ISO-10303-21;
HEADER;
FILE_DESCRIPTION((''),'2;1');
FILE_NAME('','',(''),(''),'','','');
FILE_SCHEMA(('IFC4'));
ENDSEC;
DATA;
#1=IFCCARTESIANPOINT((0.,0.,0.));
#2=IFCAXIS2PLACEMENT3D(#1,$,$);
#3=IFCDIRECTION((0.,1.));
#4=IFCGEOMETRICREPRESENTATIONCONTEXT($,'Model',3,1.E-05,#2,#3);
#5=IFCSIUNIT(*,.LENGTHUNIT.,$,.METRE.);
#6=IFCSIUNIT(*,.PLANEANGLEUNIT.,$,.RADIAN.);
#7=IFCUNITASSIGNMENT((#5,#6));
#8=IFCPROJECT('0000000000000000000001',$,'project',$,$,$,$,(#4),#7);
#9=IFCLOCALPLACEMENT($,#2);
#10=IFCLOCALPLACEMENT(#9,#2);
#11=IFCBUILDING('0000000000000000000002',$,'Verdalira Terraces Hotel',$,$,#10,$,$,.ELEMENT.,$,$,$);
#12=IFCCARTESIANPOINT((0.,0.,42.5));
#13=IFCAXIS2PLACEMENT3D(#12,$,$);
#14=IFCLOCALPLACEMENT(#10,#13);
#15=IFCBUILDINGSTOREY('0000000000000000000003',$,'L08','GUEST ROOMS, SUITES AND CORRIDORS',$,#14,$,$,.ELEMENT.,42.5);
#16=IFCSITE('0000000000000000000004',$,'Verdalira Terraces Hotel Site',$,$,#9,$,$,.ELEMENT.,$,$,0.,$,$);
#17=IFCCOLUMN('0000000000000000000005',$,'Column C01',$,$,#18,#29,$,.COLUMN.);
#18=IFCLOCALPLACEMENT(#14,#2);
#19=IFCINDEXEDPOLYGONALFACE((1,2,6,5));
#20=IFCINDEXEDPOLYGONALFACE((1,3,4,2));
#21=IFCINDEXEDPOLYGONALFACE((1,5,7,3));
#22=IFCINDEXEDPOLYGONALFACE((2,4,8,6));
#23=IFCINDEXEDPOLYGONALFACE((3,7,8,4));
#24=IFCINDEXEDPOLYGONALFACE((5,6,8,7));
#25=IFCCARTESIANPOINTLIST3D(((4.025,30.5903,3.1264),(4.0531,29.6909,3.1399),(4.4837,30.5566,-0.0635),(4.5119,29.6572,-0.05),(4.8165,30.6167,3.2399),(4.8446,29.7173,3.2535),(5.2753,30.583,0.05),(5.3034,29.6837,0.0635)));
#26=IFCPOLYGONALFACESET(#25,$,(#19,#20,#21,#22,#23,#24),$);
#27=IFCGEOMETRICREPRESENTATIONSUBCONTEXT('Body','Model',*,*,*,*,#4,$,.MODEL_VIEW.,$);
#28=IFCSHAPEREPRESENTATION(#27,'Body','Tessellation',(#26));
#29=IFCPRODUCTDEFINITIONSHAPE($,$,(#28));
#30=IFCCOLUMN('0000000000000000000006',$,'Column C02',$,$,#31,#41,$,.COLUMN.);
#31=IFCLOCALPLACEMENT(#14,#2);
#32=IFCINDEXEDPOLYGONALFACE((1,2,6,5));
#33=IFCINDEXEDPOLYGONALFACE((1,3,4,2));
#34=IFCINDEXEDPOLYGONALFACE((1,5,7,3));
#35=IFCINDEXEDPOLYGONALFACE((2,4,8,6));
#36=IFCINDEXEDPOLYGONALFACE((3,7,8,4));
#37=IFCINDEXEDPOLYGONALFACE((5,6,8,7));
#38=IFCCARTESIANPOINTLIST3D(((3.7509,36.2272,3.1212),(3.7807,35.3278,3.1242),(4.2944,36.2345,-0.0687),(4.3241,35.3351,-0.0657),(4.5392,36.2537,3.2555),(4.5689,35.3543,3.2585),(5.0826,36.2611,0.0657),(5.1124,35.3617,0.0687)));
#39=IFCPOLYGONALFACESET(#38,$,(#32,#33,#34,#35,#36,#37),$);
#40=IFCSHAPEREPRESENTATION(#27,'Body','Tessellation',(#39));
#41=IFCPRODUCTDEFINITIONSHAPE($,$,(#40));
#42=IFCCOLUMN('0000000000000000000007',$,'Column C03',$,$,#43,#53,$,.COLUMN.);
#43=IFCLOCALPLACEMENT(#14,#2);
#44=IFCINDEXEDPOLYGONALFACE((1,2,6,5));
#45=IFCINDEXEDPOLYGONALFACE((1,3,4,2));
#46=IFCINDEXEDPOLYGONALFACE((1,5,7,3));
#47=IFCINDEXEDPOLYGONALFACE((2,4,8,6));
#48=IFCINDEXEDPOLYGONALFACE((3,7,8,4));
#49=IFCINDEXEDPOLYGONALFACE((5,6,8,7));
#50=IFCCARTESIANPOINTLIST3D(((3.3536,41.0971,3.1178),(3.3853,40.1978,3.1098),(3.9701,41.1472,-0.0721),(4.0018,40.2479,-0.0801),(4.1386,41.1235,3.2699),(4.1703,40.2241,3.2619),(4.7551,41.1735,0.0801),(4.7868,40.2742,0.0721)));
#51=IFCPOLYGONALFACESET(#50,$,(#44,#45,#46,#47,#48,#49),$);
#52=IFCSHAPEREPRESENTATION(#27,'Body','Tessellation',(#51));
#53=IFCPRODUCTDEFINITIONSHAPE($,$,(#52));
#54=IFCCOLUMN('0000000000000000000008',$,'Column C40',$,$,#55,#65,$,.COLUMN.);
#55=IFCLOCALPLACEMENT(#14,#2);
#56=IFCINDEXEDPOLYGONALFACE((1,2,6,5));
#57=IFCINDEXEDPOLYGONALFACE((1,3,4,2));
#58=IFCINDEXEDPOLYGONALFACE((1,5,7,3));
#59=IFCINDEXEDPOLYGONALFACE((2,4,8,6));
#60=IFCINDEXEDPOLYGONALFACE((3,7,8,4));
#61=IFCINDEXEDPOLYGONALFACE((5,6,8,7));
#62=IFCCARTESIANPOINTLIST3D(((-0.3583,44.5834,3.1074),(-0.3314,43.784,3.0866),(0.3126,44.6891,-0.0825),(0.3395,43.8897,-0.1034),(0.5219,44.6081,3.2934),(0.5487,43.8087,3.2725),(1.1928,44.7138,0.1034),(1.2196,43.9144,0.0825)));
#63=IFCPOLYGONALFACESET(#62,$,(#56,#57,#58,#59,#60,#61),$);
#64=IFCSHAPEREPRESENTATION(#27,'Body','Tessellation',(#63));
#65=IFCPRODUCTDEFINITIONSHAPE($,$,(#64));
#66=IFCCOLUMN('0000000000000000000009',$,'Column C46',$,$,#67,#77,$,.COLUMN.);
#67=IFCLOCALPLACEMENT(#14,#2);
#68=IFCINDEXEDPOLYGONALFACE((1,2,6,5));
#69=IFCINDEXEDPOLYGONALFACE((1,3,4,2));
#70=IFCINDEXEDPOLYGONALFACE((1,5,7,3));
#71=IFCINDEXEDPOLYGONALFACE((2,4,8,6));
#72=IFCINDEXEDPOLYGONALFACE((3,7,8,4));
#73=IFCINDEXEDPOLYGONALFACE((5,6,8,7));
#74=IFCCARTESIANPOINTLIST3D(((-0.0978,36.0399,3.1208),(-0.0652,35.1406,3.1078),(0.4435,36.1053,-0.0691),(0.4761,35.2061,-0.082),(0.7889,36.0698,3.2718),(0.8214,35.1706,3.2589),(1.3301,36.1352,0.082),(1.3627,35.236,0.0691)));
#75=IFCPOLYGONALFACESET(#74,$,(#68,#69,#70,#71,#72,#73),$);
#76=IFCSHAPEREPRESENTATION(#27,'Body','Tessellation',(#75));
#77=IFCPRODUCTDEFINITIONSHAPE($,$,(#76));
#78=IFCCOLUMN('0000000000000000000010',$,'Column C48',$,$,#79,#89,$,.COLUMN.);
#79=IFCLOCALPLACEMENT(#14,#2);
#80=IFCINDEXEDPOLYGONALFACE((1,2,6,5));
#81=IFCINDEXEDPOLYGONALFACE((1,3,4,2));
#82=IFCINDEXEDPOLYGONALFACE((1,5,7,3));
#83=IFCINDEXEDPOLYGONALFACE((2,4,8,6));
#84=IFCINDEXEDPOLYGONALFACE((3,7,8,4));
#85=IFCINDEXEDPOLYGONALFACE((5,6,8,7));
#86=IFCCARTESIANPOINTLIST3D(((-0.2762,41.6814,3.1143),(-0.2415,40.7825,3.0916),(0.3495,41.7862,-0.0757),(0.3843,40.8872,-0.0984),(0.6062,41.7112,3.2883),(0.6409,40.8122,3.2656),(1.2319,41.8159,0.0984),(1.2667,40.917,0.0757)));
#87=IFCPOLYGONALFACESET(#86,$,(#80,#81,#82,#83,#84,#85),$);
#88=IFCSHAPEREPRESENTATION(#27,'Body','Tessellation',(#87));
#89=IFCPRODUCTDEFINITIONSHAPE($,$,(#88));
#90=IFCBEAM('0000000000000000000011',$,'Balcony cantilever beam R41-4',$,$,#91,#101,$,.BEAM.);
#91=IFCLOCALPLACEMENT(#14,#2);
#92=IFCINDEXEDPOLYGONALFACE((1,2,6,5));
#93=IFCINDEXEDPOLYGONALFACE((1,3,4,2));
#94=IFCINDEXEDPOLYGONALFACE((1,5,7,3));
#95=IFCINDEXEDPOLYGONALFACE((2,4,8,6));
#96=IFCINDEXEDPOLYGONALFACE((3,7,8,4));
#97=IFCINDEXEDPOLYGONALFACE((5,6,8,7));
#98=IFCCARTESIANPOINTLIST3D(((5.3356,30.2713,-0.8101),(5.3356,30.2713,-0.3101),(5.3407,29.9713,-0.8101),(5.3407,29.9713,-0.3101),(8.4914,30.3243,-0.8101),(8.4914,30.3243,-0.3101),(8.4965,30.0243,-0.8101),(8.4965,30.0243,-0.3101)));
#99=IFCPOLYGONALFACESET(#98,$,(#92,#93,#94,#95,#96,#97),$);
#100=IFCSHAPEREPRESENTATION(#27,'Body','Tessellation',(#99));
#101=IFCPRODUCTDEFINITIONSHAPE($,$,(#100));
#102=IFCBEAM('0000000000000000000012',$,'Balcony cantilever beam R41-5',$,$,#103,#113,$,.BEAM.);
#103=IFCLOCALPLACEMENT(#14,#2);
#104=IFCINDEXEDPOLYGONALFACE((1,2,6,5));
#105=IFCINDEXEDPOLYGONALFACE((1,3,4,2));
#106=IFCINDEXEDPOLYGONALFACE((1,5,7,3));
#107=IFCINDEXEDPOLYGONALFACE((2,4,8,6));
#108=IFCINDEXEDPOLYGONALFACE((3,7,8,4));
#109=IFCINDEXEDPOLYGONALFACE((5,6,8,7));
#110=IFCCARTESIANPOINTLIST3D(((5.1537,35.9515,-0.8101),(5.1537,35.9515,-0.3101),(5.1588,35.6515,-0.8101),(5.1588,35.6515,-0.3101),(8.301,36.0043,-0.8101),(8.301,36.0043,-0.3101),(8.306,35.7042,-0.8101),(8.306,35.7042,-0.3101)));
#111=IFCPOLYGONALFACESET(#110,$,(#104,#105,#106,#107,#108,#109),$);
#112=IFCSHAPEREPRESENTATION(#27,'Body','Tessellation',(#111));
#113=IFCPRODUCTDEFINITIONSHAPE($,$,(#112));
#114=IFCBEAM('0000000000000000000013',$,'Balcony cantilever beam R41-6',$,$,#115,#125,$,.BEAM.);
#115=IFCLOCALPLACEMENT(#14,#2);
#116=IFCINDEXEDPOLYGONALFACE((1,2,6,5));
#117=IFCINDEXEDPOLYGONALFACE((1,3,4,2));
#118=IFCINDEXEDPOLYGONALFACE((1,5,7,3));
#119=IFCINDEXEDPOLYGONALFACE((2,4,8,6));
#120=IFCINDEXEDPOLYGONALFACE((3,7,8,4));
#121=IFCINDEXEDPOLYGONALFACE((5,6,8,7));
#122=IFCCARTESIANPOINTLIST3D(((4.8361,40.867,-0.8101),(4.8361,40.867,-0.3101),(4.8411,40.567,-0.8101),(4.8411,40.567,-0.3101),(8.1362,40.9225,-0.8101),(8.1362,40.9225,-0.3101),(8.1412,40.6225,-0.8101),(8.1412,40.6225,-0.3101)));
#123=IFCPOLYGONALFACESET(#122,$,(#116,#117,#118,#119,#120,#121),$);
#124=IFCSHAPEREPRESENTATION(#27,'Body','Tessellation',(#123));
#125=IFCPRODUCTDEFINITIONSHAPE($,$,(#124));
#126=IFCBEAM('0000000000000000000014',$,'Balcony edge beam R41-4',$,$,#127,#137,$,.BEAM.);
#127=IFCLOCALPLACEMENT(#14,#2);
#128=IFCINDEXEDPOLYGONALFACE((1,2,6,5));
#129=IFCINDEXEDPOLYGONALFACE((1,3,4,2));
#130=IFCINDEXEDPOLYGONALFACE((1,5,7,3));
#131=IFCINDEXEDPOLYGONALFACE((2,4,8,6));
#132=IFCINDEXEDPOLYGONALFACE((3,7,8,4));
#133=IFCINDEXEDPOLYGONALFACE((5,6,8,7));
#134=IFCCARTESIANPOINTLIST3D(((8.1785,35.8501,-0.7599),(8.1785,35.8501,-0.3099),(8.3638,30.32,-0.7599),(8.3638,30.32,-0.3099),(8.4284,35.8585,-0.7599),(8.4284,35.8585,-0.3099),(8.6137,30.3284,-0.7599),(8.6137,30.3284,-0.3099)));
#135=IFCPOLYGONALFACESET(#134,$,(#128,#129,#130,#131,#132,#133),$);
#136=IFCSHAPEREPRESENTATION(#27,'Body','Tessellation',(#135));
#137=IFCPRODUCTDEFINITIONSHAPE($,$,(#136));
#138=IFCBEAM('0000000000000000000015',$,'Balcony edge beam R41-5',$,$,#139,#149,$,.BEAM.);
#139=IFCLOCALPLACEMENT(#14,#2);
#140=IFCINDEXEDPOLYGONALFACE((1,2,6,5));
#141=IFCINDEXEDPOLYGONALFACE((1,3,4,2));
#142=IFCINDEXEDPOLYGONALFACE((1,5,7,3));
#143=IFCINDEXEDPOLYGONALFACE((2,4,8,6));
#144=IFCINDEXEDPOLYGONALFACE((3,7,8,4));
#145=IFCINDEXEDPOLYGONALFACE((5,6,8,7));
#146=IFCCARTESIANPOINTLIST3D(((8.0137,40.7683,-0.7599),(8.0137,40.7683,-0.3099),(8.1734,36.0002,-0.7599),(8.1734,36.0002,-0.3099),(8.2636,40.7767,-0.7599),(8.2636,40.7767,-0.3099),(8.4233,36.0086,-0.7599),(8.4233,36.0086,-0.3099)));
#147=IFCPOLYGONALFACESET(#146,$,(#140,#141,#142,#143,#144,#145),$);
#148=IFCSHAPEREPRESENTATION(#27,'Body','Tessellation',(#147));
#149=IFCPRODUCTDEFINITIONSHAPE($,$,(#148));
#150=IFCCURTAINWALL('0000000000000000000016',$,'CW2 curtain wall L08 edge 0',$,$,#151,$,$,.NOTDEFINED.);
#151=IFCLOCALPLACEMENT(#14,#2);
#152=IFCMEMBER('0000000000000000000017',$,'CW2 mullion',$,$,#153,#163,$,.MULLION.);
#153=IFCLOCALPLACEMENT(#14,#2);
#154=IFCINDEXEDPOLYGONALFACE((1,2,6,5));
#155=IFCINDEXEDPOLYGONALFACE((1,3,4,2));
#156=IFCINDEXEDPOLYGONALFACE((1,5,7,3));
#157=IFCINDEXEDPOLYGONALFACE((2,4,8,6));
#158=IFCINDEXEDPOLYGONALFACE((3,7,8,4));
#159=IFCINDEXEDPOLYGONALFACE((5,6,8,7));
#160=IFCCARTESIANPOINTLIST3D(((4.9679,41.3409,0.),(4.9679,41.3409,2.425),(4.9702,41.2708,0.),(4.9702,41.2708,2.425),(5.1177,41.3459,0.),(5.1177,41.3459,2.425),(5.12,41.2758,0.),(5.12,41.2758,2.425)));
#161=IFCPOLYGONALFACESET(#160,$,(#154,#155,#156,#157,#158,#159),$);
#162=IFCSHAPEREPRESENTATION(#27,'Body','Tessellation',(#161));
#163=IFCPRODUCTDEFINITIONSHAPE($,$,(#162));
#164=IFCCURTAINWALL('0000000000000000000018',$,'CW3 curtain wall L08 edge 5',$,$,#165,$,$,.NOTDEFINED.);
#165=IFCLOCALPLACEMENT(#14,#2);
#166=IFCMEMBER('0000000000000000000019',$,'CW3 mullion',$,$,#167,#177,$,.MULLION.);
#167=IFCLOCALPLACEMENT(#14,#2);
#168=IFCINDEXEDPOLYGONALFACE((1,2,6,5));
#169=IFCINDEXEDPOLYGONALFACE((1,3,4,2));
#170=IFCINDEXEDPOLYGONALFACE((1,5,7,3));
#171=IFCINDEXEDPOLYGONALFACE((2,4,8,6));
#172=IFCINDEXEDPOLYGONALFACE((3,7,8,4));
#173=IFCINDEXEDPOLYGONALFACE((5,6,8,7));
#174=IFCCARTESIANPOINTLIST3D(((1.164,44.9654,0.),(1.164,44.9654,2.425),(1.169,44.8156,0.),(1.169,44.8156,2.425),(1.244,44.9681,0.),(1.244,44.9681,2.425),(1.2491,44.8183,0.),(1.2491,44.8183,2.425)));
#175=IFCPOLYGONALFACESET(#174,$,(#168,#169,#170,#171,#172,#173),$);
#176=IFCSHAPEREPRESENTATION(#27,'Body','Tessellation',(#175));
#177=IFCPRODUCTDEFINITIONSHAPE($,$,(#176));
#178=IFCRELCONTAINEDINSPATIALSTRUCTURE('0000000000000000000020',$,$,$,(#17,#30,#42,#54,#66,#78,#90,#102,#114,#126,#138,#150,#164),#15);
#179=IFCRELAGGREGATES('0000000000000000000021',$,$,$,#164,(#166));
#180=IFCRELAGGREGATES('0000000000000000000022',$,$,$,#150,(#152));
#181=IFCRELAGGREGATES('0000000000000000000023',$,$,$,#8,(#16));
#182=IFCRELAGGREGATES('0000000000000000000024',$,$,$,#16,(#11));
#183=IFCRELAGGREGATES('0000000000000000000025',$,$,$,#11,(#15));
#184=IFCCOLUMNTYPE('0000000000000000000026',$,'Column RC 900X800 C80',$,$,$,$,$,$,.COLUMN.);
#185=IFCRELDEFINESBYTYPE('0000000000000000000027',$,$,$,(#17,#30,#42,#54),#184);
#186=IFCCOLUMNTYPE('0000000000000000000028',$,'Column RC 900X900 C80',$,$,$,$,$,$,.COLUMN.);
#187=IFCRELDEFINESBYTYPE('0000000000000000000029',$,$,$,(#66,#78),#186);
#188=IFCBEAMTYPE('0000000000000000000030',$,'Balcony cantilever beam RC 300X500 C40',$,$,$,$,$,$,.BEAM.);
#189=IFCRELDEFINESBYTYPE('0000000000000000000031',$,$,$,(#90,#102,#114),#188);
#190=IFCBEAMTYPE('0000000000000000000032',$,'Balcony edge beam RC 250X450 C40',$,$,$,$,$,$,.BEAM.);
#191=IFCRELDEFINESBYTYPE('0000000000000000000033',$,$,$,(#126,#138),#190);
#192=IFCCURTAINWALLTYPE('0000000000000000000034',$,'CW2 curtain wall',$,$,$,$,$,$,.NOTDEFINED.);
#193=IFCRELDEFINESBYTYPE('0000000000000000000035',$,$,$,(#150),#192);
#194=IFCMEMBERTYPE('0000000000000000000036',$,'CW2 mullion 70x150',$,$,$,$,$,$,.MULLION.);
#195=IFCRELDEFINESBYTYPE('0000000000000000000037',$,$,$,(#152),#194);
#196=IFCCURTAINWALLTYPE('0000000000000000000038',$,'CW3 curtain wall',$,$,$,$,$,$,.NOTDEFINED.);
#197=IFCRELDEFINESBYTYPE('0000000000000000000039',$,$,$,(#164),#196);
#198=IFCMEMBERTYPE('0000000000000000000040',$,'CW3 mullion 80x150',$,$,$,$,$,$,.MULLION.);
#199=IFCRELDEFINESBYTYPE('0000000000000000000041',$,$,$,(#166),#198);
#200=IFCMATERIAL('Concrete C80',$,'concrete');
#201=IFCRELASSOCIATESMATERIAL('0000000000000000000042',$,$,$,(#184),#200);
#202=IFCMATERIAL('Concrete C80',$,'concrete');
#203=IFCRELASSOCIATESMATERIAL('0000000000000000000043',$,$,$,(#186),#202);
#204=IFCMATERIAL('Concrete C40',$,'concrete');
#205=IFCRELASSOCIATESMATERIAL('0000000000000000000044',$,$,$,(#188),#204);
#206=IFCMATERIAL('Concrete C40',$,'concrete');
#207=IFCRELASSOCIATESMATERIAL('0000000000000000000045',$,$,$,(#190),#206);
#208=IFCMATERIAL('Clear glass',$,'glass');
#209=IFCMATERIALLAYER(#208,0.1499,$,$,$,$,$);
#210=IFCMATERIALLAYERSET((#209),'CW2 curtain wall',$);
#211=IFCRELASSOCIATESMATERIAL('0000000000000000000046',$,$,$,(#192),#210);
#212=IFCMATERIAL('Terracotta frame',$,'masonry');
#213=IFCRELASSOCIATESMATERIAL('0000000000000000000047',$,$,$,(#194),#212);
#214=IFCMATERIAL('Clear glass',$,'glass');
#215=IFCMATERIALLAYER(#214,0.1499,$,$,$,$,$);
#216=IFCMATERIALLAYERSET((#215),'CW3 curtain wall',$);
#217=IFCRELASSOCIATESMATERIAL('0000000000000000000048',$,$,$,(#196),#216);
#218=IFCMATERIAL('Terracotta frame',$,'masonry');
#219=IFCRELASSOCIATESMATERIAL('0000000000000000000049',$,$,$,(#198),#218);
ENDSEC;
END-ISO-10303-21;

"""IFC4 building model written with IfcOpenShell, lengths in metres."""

from ifc_helpers import new_model, si_unit, direction, frame, origin, origin_2d, place, context, subcontext, project, spatial, rectangle, extrude, material, layer, layer_set, material_profile, profile_set, type_object, element, aggregate, save


model = new_model("IFC4")

# Units and contexts
model_context = context("Model", 3, precision=1e-05, world=origin(), true_north=direction((0.0, 1.0)))
body_context = subcontext(model_context, "Body", "Model", "MODEL_VIEW")
ifc_project = project(units=[si_unit("LENGTHUNIT", "METRE"), si_unit("PLANEANGLEUNIT", "RADIAN")], contexts=[model_context])

# Site, building, storey
site_placement = place(None, origin())
site = spatial("IfcSite", under=ifc_project, at=site_placement, Name="Verdalira Terraces Hotel Site", CompositionType="ELEMENT", RefElevation=0.0)
building_placement = place(site_placement, origin())
building = spatial("IfcBuilding", under=site, at=building_placement, Name="Verdalira Terraces Hotel", CompositionType="ELEMENT")
storey_placement = place(building_placement, frame((0.0, 0.0, 42.5)))
storey = spatial("IfcBuildingStorey", under=building, at=storey_placement, Name="L08", Description="GUEST ROOMS, SUITES AND CORRIDORS", CompositionType="ELEMENT", Elevation=42.5)

# Columns
ifc_material_1 = material(Name="Concrete C80", Category="concrete")
ifc_material_profile_1 = material_profile(ifc_material_1, rectangle(XDim=0.8999, YDim=0.8, at=origin_2d()), Name="RC 900X800")
ifc_profile_set_1 = profile_set([ifc_material_profile_1], Name="Concrete C80")
column_type_1 = type_object("IfcColumnType", Name="Column RC 900X800 C80", PredefinedType="COLUMN", material=ifc_profile_set_1)
column_1_placement = place(storey_placement, frame((4.8936, 30.1201, 0.0), z_axis=(-0.142336, 0.010454, 0.989763), x_axis=(-0.031227, 0.999399, -0.015046)))
element("IfcColumn", 1, at=column_1_placement, inside=storey, type_object=column_type_1, Name="Column C01", PredefinedType="COLUMN", context=body_context, shape_type="SweptSolid", body=[
    extrude(rectangle(XDim=0.8999, YDim=0.8, at=origin_2d()), origin(), (0.0, 0.0, 1.0), 3.2229),
])
column_2_placement = place(storey_placement, frame((4.7034, 35.7981, 0.0), z_axis=(-0.167946, -0.002263, 0.985794), x_axis=(-0.033091, 0.999447, -0.003343)))
element("IfcColumn", 2, at=column_2_placement, inside=storey, type_object=column_type_1, Name="Column C02", PredefinedType="COLUMN", context=body_context, shape_type="SweptSolid", body=[
    extrude(rectangle(XDim=0.8999, YDim=0.8, at=origin_2d()), origin(), (0.0, 0.0, 1.0), 3.2358),
])
column_3_placement = place(storey_placement, frame((4.3784, 40.7107, 0.0), z_axis=(-0.189717, -0.015403, 0.981718), x_axis=(-0.035211, 0.99934, 0.008875)))
element("IfcColumn", 3, at=column_3_placement, inside=storey, type_object=column_type_1, Name="Column C03", PredefinedType="COLUMN", context=body_context, shape_type="SweptSolid", body=[
    extrude(rectangle(XDim=0.8999, YDim=0.8, at=origin_2d()), origin(), (0.0, 0.0, 1.0), 3.2493),
])
column_4_placement = place(storey_placement, frame((0.7661, 44.3018, 0.0), z_axis=(-0.205706, -0.032413, 0.978077), x_axis=(-0.978039, -0.027452, -0.206608)))
element("IfcColumn", 4, at=column_4_placement, inside=storey, type_object=column_type_1, Name="Column C40", PredefinedType="COLUMN", context=body_context, shape_type="SweptSolid", body=[
    extrude(rectangle(XDim=0.8999, YDim=0.8, at=origin_2d()), origin(), (0.0, 0.0, 1.0), 3.2615),
])
ifc_material_2 = material(Name="Concrete C80", Category="concrete")
ifc_material_profile_2 = material_profile(ifc_material_2, rectangle(XDim=0.8999, YDim=0.8999, at=origin_2d()), Name="RC 900X900")
ifc_profile_set_2 = profile_set([ifc_material_profile_2], Name="Concrete C80")
column_type_2 = type_object("IfcColumnType", Name="Column RC 900X900 C80", PredefinedType="COLUMN", material=ifc_profile_set_2)
column_5_placement = place(storey_placement, frame((0.9031, 35.6707, 0.0), z_axis=(-0.167252, -0.020218, 0.985707), x_axis=(-0.03622, 0.999241, 0.01435)))
element("IfcColumn", 5, at=column_5_placement, inside=storey, type_object=column_type_2, Name="Column C46", PredefinedType="COLUMN", context=body_context, shape_type="SweptSolid", body=[
    extrude(rectangle(XDim=0.8999, YDim=0.8999, at=origin_2d()), origin(), (0.0, 0.0, 1.0), 3.2361),
])
column_6_placement = place(storey_placement, frame((0.8081, 41.3516, 0.0), z_axis=(-0.19239, -0.032203, 0.98079), x_axis=(-0.038622, 0.998936, 0.025222)))
element("IfcColumn", 6, at=column_6_placement, inside=storey, type_object=column_type_2, Name="Column C48", PredefinedType="COLUMN", context=body_context, shape_type="SweptSolid", body=[
    extrude(rectangle(XDim=0.8999, YDim=0.8999, at=origin_2d()), origin(), (0.0, 0.0, 1.0), 3.2524),
])

# Beams
ifc_material_3 = material(Name="Concrete C40", Category="concrete")
ifc_material_profile_3 = material_profile(ifc_material_3, rectangle(XDim=0.3, YDim=0.5, at=origin_2d()), Name="RC 300X500")
ifc_profile_set_3 = profile_set([ifc_material_profile_3], Name="Concrete C40")
beam_type_1 = type_object("IfcBeamType", Name="Balcony cantilever beam RC 300X500 C40", PredefinedType="BEAM", material=ifc_profile_set_3)
beam_1_placement = place(storey_placement, frame((5.3381, 30.1213, -0.5601), z_axis=(0.999859, 0.016786, 0.0), x_axis=(-0.016786, 0.999859, 0.0)))
element("IfcBeam", 7, at=beam_1_placement, inside=storey, type_object=beam_type_1, Name="Balcony cantilever beam R41-4", PredefinedType="BEAM", context=body_context, shape_type="SweptSolid", body=[
    extrude(rectangle(XDim=0.3, YDim=0.5, at=origin_2d()), origin(), (0.0, 0.0, 1.0), 3.1562),
])
beam_2_placement = place(storey_placement, frame((5.1562, 35.8015, -0.5601), z_axis=(0.99986, 0.016754, 0.0), x_axis=(-0.016754, 0.99986, 0.0)))
element("IfcBeam", 8, at=beam_2_placement, inside=storey, type_object=beam_type_1, Name="Balcony cantilever beam R41-5", PredefinedType="BEAM", context=body_context, shape_type="SweptSolid", body=[
    extrude(rectangle(XDim=0.3, YDim=0.5, at=origin_2d()), origin(), (0.0, 0.0, 1.0), 3.1477),
])
beam_3_placement = place(storey_placement, frame((4.8386, 40.717, -0.5601), z_axis=(0.999859, 0.016791, 0.0), x_axis=(-0.016791, 0.999859, 0.0)))
element("IfcBeam", 9, at=beam_3_placement, inside=storey, type_object=beam_type_1, Name="Balcony cantilever beam R41-6", PredefinedType="BEAM", context=body_context, shape_type="SweptSolid", body=[
    extrude(rectangle(XDim=0.3, YDim=0.5, at=origin_2d()), origin(), (0.0, 0.0, 1.0), 3.3005),
])
ifc_material_4 = material(Name="Concrete C40", Category="concrete")
ifc_material_profile_4 = material_profile(ifc_material_4, rectangle(XDim=0.25, YDim=0.45, at=origin_2d()), Name="RC 250X450")
ifc_profile_set_4 = profile_set([ifc_material_profile_4], Name="Concrete C40")
beam_type_2 = type_object("IfcBeamType", Name="Balcony edge beam RC 250X450 C40", PredefinedType="BEAM", material=ifc_profile_set_4)
beam_4_placement = place(storey_placement, frame((8.4888, 30.3242, -0.5349), z_axis=(-0.03349, 0.999439, 0.0), x_axis=(-0.999439, -0.03349, 0.0)))
element("IfcBeam", 10, at=beam_4_placement, inside=storey, type_object=beam_type_2, Name="Balcony edge beam R41-4", PredefinedType="BEAM", context=body_context, shape_type="SweptSolid", body=[
    extrude(rectangle(XDim=0.25, YDim=0.45, at=origin_2d()), origin(), (0.0, 0.0, 1.0), 5.5332),
])
beam_5_placement = place(storey_placement, frame((8.2983, 36.0044, -0.5349), z_axis=(-0.033468, 0.99944, 0.0), x_axis=(-0.99944, -0.033468, 0.0)))
element("IfcBeam", 11, at=beam_5_placement, inside=storey, type_object=beam_type_2, Name="Balcony edge beam R41-5", PredefinedType="BEAM", context=body_context, shape_type="SweptSolid", body=[
    extrude(rectangle(XDim=0.25, YDim=0.45, at=origin_2d()), origin(), (0.0, 0.0, 1.0), 4.7708),
])

# Curtain wall, member
ifc_material_5 = material(Name="Clear glass", Category="glass")
ifc_layer_1 = layer(ifc_material_5, 0.1499)
ifc_layer_set_1 = layer_set([ifc_layer_1], Name="CW2 curtain wall")
curtain_wall_type_1 = type_object("IfcCurtainWallType", Name="CW2 curtain wall", PredefinedType="NOTDEFINED", material=ifc_layer_set_1)
curtain_wall_1_placement = place(storey_placement, origin())
curtain_wall_1 = element("IfcCurtainWall", 12, at=curtain_wall_1_placement, inside=storey, type_object=curtain_wall_type_1, Name="CW2 curtain wall L08 edge 0", PredefinedType="NOTDEFINED")
ifc_material_6 = material(Name="Terracotta frame", Category="masonry")
ifc_material_profile_5 = material_profile(ifc_material_6, rectangle(XDim=0.0701, YDim=0.1499, at=origin_2d()), Name="MU 70x150")
ifc_profile_set_5 = profile_set([ifc_material_profile_5], Name="Terracotta frame")
member_type_1 = type_object("IfcMemberType", Name="CW2 mullion 70x150", PredefinedType="MULLION", material=ifc_profile_set_5)
member_1_placement = place(storey_placement, frame((5.0439, 41.3083, 0.0), z_axis=(0.0, 0.0, 1.0), x_axis=(-0.033504, 0.999439, 0.0)))
member_1 = element("IfcMember", 13, at=member_1_placement, type_object=member_type_1, Name="CW2 mullion", PredefinedType="MULLION", context=body_context, shape_type="SweptSolid", body=[
    extrude(rectangle(XDim=0.0701, YDim=0.1499, at=origin_2d()), origin(), (0.0, 0.0, 1.0), 2.425),
])

# Curtain wall, member
ifc_material_7 = material(Name="Clear glass", Category="glass")
ifc_layer_2 = layer(ifc_material_7, 0.1499)
ifc_layer_set_2 = layer_set([ifc_layer_2], Name="CW3 curtain wall")
curtain_wall_type_2 = type_object("IfcCurtainWallType", Name="CW3 curtain wall", PredefinedType="NOTDEFINED", material=ifc_layer_set_2)
curtain_wall_2_placement = place(storey_placement, origin())
curtain_wall_2 = element("IfcCurtainWall", 14, at=curtain_wall_2_placement, inside=storey, type_object=curtain_wall_type_2, Name="CW3 curtain wall L08 edge 5", PredefinedType="NOTDEFINED")
ifc_material_8 = material(Name="Terracotta frame", Category="masonry")
ifc_material_profile_6 = material_profile(ifc_material_8, rectangle(XDim=0.0801, YDim=0.1499, at=origin_2d()), Name="MU 80x150")
ifc_profile_set_6 = profile_set([ifc_material_profile_6], Name="Terracotta frame")
member_type_2 = type_object("IfcMemberType", Name="CW3 mullion 80x150", PredefinedType="MULLION", material=ifc_profile_set_6)
member_2_placement = place(storey_placement, frame((1.2065, 44.8918, 0.0), z_axis=(0.0, 0.0, 1.0), x_axis=(-0.999439, -0.033504, 0.0)))
member_2 = element("IfcMember", 15, at=member_2_placement, type_object=member_type_2, Name="CW3 mullion", PredefinedType="MULLION", context=body_context, shape_type="SweptSolid", body=[
    extrude(rectangle(XDim=0.0801, YDim=0.1499, at=origin_2d()), origin(), (0.0, 0.0, 1.0), 2.425),
])
aggregate(curtain_wall_2, [member_2])

aggregate(curtain_wall_1, [member_1])

save(model, "model.ifc")
